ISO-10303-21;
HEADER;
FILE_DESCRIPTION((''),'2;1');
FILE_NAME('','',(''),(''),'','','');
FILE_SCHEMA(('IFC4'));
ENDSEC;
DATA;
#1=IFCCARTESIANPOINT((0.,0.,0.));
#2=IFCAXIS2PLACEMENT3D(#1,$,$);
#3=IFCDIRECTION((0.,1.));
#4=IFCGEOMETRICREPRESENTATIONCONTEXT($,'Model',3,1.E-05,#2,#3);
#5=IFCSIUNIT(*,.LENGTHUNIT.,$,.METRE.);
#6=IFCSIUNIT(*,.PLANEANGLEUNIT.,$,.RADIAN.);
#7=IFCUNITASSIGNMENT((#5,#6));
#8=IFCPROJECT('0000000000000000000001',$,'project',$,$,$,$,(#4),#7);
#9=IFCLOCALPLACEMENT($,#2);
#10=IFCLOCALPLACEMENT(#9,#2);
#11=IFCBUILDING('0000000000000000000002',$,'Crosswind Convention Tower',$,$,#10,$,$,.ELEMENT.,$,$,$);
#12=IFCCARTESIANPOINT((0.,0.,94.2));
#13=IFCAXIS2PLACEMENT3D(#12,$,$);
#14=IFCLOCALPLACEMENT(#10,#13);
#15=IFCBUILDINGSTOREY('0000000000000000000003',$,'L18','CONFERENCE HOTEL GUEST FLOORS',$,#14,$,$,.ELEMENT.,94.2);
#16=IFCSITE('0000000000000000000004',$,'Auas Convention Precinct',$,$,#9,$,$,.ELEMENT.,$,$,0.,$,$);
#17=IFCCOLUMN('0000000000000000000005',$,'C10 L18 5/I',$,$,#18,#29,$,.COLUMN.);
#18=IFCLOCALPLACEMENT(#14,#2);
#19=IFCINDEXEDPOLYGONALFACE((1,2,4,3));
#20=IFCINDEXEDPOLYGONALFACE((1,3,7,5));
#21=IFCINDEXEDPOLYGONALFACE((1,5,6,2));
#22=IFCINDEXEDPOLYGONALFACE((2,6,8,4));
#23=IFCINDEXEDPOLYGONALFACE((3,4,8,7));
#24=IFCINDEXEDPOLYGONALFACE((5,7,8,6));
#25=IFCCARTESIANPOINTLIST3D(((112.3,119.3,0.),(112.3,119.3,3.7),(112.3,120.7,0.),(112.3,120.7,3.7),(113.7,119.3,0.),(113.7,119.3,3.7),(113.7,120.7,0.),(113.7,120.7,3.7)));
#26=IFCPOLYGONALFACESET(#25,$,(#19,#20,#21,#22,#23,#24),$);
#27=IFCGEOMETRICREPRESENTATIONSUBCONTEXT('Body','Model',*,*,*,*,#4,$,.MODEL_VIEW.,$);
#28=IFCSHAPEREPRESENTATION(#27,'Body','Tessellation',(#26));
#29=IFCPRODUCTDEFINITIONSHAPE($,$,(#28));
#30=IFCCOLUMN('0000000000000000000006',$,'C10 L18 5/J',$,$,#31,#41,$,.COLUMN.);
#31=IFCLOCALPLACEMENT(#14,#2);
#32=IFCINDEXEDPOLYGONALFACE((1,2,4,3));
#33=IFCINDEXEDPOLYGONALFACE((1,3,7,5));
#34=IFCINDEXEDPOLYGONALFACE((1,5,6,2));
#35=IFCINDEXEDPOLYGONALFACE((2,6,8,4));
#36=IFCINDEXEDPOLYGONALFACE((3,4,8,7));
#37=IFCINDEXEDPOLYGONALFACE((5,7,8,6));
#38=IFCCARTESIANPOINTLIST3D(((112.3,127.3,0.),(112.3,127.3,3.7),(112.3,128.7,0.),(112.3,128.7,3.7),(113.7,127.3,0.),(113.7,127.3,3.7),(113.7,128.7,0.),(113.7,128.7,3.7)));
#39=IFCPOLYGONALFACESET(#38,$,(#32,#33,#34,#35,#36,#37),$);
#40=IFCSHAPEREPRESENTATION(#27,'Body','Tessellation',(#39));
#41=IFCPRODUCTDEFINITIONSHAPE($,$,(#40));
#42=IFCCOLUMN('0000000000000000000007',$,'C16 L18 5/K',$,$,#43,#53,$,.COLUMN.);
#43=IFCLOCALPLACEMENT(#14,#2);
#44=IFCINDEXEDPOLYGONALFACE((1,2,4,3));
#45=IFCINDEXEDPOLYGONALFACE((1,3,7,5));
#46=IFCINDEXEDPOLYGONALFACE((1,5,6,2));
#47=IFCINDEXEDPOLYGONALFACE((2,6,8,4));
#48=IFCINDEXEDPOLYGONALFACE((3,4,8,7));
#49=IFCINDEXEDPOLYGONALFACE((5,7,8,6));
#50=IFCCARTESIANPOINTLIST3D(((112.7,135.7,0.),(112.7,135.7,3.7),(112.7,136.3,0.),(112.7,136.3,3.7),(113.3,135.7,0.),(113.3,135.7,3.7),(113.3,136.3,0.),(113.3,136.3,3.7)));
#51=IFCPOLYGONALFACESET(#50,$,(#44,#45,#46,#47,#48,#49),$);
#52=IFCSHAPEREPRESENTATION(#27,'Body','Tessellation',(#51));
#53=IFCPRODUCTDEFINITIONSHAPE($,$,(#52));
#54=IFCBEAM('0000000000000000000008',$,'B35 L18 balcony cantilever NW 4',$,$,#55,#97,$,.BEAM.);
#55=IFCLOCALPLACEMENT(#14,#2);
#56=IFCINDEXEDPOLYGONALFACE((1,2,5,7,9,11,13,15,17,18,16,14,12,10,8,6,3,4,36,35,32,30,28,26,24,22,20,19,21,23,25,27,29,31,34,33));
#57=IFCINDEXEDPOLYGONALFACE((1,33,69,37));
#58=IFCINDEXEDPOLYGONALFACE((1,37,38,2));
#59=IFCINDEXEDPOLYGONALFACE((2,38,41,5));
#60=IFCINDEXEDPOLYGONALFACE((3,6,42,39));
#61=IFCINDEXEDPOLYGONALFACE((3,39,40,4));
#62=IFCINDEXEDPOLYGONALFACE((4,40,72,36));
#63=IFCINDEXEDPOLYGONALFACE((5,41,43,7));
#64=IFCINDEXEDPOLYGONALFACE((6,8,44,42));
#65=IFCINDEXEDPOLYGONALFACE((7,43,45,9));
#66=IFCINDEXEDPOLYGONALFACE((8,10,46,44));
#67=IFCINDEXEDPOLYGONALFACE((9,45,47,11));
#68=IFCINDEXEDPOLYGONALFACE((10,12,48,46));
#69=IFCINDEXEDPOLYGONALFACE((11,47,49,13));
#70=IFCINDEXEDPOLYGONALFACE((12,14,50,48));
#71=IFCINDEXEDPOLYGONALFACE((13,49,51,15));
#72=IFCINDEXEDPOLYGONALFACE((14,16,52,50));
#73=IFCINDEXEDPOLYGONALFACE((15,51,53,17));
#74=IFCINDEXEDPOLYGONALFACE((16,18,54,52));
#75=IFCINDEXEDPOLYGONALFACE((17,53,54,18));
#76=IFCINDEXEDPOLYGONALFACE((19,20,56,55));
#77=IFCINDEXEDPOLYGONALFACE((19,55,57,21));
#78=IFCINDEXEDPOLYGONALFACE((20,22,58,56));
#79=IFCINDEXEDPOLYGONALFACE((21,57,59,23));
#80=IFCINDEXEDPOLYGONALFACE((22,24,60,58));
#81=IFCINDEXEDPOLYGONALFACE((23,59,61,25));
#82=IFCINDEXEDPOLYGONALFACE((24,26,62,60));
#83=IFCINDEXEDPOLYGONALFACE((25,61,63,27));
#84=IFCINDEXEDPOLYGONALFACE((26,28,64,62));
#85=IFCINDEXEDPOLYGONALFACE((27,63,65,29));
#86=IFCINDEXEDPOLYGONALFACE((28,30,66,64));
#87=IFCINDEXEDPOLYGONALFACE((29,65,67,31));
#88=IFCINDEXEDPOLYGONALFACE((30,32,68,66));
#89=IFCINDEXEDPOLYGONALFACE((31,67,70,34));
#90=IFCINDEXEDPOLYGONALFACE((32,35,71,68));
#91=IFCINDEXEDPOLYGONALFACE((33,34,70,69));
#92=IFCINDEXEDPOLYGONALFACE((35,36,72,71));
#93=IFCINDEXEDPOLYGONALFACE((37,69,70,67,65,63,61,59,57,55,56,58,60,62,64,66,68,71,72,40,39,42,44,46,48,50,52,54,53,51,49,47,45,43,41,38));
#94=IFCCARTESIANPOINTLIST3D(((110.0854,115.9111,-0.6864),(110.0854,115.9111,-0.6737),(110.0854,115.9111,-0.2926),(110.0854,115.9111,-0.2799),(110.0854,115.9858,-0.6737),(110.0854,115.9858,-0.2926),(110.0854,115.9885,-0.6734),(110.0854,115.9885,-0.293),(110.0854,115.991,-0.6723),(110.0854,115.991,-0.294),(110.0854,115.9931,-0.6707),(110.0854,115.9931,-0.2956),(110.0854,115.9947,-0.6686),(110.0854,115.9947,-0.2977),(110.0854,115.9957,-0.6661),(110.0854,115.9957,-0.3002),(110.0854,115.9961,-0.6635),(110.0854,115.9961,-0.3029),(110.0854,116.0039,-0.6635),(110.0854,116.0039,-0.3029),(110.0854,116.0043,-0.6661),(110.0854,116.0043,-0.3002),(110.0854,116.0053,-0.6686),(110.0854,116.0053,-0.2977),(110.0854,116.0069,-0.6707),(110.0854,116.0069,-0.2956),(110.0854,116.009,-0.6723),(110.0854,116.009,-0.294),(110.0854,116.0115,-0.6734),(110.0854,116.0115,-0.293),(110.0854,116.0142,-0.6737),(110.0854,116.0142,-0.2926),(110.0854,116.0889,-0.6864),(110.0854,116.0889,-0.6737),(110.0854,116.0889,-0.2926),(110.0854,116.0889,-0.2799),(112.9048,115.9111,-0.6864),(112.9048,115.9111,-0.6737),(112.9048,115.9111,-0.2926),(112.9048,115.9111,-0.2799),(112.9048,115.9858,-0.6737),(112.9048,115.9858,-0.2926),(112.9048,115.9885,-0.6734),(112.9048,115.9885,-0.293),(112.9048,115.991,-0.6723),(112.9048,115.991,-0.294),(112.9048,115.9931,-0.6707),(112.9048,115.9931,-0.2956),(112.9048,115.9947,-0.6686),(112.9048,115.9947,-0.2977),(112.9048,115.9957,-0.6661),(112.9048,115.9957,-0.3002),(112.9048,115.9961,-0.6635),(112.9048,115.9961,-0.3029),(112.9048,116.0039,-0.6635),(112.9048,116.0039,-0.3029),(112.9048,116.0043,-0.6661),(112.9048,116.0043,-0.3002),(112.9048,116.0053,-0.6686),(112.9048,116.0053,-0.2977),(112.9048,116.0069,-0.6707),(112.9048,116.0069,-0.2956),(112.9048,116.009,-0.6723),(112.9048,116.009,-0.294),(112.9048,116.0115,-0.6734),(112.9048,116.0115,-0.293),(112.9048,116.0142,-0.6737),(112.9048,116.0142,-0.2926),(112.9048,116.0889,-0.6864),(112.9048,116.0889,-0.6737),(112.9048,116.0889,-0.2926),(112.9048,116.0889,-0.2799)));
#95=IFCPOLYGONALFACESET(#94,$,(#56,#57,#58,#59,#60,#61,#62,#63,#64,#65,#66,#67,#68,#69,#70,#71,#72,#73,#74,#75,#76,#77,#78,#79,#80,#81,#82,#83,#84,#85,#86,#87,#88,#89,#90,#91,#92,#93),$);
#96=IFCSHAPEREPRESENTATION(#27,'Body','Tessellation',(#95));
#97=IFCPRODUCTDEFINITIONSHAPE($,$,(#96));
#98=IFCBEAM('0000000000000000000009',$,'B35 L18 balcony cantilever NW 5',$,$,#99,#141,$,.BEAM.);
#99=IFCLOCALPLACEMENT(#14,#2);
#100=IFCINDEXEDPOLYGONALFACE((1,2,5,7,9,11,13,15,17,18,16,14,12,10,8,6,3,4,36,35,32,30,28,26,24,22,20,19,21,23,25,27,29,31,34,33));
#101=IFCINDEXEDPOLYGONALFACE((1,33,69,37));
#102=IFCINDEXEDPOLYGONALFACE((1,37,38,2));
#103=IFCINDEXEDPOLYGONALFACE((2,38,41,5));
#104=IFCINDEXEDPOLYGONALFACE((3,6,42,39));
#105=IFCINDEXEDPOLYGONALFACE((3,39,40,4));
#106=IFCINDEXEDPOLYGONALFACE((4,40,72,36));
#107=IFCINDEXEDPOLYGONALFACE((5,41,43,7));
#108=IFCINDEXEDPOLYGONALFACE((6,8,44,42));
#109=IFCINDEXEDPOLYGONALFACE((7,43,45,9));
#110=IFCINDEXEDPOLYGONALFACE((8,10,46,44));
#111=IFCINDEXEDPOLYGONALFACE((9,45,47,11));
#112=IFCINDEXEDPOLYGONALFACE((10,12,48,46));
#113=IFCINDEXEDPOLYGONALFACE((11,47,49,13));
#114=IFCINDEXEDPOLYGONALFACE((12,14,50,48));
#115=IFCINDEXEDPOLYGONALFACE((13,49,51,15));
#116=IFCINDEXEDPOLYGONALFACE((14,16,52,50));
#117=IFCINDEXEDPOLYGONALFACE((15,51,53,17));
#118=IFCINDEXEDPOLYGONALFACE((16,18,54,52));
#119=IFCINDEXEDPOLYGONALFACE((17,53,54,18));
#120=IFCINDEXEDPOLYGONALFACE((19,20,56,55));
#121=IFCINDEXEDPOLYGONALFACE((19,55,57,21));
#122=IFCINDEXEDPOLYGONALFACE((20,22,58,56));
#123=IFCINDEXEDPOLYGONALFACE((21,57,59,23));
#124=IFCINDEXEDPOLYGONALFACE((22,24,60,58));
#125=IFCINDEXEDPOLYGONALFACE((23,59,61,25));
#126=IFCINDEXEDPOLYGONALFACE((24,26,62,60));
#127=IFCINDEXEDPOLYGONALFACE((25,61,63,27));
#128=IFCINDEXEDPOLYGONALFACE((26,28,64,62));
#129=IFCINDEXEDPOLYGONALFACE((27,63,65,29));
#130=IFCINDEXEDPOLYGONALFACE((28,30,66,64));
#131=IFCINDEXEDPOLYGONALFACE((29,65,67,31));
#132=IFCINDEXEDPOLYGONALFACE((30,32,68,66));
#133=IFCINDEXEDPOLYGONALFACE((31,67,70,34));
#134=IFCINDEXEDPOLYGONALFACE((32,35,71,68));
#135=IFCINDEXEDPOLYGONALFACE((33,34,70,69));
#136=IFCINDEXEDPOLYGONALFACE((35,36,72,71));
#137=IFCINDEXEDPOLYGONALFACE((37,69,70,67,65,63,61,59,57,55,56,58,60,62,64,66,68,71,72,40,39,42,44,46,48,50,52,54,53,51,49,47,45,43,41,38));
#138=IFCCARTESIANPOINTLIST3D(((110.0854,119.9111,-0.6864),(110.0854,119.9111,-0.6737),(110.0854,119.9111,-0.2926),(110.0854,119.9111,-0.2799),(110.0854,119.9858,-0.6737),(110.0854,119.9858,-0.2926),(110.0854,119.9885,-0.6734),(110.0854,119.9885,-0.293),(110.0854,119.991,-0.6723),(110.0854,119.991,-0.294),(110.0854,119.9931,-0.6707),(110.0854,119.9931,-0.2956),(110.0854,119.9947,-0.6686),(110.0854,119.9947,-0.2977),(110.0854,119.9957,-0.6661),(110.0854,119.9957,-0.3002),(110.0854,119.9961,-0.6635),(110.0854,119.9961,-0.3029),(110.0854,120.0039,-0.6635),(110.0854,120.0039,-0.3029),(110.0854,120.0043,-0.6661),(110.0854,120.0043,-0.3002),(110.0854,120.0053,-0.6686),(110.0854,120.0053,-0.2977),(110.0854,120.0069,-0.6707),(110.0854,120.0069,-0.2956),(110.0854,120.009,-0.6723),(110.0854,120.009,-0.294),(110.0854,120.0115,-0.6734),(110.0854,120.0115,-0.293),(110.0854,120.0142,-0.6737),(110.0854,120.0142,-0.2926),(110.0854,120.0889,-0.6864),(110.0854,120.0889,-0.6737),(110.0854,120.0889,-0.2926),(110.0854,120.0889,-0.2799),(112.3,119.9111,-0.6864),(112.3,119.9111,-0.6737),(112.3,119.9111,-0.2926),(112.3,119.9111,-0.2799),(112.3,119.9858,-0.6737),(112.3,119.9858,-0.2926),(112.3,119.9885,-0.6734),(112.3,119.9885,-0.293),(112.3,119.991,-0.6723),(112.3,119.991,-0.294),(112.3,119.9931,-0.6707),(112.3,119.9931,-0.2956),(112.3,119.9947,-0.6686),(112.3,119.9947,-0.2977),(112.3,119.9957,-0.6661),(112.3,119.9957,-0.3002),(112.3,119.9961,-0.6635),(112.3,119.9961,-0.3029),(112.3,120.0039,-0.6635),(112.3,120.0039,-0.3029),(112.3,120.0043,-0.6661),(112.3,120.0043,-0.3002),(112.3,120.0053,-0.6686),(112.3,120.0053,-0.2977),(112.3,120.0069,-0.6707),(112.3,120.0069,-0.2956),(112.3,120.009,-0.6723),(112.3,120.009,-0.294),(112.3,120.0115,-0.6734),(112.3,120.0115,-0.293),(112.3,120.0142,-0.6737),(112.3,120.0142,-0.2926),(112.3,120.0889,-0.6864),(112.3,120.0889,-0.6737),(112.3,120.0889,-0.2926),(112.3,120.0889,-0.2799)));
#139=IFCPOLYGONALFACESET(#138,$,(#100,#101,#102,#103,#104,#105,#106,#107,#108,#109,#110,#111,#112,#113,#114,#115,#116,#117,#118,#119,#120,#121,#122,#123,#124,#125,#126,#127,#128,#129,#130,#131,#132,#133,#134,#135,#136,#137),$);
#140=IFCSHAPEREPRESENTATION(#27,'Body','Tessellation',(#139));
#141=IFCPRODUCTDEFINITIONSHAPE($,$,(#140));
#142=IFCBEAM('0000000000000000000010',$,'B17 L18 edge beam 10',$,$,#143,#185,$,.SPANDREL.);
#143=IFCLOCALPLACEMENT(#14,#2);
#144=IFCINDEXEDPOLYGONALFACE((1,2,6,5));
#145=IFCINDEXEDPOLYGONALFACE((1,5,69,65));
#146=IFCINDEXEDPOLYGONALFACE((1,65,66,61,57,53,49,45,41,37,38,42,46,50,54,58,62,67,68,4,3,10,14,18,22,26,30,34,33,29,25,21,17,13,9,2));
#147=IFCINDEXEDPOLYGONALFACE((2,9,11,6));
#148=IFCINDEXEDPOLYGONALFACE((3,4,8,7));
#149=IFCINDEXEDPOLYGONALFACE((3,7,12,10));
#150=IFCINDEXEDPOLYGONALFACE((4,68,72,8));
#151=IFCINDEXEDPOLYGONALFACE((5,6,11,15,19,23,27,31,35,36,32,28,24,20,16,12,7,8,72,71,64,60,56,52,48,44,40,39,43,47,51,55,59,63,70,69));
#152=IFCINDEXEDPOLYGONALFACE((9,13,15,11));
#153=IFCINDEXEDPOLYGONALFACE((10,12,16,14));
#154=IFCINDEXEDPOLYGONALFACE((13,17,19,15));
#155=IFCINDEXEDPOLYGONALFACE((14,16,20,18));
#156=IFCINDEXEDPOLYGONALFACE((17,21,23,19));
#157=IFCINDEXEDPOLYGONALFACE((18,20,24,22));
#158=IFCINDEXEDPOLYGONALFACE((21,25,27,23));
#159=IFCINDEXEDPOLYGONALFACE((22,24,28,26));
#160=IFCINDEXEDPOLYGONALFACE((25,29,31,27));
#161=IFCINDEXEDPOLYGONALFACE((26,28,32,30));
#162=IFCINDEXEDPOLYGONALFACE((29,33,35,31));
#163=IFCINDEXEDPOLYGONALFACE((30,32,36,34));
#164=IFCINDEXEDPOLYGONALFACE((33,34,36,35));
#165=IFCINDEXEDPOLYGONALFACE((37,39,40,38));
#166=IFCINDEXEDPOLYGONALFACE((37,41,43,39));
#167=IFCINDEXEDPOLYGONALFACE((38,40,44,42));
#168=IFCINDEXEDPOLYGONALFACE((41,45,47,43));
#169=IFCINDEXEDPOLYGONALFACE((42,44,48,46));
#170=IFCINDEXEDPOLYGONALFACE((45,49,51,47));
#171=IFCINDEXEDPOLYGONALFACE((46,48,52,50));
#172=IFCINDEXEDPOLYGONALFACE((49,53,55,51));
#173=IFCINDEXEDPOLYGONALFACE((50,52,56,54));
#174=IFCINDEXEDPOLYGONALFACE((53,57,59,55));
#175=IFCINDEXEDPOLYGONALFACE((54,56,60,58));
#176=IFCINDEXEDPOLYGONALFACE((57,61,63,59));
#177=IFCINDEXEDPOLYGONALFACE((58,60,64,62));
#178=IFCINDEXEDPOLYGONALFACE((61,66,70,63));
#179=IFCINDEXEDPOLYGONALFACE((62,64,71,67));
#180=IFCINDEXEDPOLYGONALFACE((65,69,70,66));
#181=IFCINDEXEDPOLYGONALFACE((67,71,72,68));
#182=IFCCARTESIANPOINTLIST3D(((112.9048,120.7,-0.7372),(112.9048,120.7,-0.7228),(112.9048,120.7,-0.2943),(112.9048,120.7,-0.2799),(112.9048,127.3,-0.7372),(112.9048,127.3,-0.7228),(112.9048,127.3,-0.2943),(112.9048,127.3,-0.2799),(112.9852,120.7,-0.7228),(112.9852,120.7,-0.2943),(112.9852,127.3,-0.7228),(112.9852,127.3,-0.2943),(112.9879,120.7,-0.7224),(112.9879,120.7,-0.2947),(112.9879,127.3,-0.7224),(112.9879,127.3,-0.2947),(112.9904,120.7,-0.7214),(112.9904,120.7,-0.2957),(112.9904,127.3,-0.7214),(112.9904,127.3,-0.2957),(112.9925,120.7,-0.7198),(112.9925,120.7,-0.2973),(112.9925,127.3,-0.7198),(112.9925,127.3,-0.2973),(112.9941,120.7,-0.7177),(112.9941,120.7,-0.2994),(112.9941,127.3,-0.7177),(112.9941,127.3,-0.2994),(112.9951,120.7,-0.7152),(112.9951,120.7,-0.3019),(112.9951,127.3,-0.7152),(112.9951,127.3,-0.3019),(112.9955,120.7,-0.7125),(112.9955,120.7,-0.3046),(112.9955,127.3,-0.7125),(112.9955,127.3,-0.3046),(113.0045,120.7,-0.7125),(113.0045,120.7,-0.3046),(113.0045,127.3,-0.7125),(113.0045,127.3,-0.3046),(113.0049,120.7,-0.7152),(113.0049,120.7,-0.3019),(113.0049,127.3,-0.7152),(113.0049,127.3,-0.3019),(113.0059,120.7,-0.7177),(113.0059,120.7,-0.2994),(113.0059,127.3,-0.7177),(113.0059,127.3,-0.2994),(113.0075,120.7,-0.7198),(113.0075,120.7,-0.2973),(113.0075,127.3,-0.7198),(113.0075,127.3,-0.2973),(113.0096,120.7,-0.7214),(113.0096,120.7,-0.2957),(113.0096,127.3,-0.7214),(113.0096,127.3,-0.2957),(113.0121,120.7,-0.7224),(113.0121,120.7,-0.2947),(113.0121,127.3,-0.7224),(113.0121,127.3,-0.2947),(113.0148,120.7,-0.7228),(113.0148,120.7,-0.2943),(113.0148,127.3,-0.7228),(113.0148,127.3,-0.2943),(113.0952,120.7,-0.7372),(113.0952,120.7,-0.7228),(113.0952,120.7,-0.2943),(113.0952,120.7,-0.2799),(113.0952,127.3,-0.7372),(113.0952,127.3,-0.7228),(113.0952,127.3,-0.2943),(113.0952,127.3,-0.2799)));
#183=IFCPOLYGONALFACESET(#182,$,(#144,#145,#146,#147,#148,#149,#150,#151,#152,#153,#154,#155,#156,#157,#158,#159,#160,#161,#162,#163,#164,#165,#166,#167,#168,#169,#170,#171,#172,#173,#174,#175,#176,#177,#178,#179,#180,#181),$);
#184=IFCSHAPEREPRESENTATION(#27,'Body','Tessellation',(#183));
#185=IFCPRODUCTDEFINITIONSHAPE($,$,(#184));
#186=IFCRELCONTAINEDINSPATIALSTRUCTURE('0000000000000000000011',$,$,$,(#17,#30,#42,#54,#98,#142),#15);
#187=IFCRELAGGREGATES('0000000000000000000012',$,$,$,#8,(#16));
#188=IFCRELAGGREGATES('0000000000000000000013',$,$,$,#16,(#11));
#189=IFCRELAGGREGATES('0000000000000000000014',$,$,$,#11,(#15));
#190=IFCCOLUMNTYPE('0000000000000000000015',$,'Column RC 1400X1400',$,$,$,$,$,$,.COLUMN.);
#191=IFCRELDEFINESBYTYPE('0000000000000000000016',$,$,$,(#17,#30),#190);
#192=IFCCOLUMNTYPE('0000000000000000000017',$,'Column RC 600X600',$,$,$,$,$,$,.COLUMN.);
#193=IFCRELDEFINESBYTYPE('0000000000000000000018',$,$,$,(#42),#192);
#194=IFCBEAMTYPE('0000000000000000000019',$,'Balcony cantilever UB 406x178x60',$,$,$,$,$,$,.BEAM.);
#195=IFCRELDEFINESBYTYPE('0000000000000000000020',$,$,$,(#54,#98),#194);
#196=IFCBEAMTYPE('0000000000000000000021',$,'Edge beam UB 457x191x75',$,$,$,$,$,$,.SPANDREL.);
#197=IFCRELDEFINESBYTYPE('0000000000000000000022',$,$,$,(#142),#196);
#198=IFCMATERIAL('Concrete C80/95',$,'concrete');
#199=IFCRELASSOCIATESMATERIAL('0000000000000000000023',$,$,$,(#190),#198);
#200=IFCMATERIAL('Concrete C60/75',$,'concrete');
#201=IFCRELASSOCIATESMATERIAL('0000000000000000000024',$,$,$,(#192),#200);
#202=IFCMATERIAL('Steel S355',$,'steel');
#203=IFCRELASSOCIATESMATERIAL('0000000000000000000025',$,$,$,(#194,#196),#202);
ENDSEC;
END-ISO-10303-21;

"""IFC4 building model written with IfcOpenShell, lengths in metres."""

from ifc_helpers import new_model, si_unit, direction, frame, origin, origin_2d, place, context, subcontext, project, spatial, rectangle, i_section, extrude, material, material_profile, profile_set, type_object, element, save


model = new_model("IFC4")

# Units and contexts
model_context = context("Model", 3, precision=1e-05, world=origin(), true_north=direction((0.0, 1.0)))
body_context = subcontext(model_context, "Body", "Model", "MODEL_VIEW")
ifc_project = project(units=[si_unit("LENGTHUNIT", "METRE"), si_unit("PLANEANGLEUNIT", "RADIAN")], contexts=[model_context])

# Site, building, storey
site_placement = place(None, origin())
site = spatial("IfcSite", under=ifc_project, at=site_placement, Name="Auas Convention Precinct", CompositionType="ELEMENT", RefElevation=0.0)
building_placement = place(site_placement, origin())
building = spatial("IfcBuilding", under=site, at=building_placement, Name="Crosswind Convention Tower", CompositionType="ELEMENT")
storey_placement = place(building_placement, frame((0.0, 0.0, 94.2)))
storey = spatial("IfcBuildingStorey", under=building, at=storey_placement, Name="L18", Description="CONFERENCE HOTEL GUEST FLOORS", CompositionType="ELEMENT", Elevation=94.2)

# Columns
ifc_material_1 = material(Name="Concrete C80/95", Category="concrete")
ifc_material_profile_1 = material_profile(ifc_material_1, rectangle(XDim=1.3999, YDim=1.3999, at=origin_2d()), Name="RC 1400X1400")
ifc_profile_set_1 = profile_set([ifc_material_profile_1], Name="Concrete C80/95")
column_type_1 = type_object("IfcColumnType", Name="Column RC 1400X1400", PredefinedType="COLUMN", material=ifc_profile_set_1)
for number, where, z_axis, x_axis, name in (
    (1, (113.0, 120.0, 0.0), (0.0, 0.0, 1.0), (1.0, 0.0, 0.0), "C10 L18 5/I"),
    (2, (113.0, 128.0, 0.0), (0.0, 0.0, 1.0), (1.0, 0.0, 0.0), "C10 L18 5/J"),
):
    element("IfcColumn", number, at=place(storey_placement, frame(where, z_axis=z_axis, x_axis=x_axis)), inside=storey, type_object=column_type_1, Name=name, PredefinedType="COLUMN", context=body_context, shape_type="SweptSolid", body=[
        extrude(rectangle(XDim=1.3999, YDim=1.3999, at=origin_2d()), origin(), (0.0, 0.0, 1.0), 3.7),
    ])
ifc_material_2 = material(Name="Concrete C60/75", Category="concrete")
ifc_material_profile_2 = material_profile(ifc_material_2, rectangle(XDim=0.6001, YDim=0.6001, at=origin_2d()), Name="RC 600X600")
ifc_profile_set_2 = profile_set([ifc_material_profile_2], Name="Concrete C60/75")
column_type_2 = type_object("IfcColumnType", Name="Column RC 600X600", PredefinedType="COLUMN", material=ifc_profile_set_2)
column_placement = place(storey_placement, frame((113.0, 136.0, 0.0), z_axis=(0.0, 0.0, 1.0), x_axis=(1.0, 0.0, 0.0)))
element("IfcColumn", 3, at=column_placement, inside=storey, type_object=column_type_2, Name="C16 L18 5/K", PredefinedType="COLUMN", context=body_context, shape_type="SweptSolid", body=[
    extrude(rectangle(XDim=0.6001, YDim=0.6001, at=origin_2d()), origin(), (0.0, 0.0, 1.0), 3.7),
])

# Beams
ifc_material_3 = material(Name="Steel S355", Category="steel")
ifc_material_profile_3 = material_profile(ifc_material_3, i_section(OverallWidth=0.1777, OverallDepth=0.4065, WebThickness=0.0078, FlangeThickness=0.0127, FilletRadius=0.0103, at=origin_2d()), Name="UB 406x178x60")
ifc_profile_set_3 = profile_set([ifc_material_profile_3], Name="Steel S355")
beam_type_1 = type_object("IfcBeamType", Name="Balcony cantilever UB 406x178x60", PredefinedType="BEAM", material=ifc_profile_set_3)
beam_1_placement = place(storey_placement, frame((112.9048, 116.0, -0.4832), z_axis=(-1.0, 0.0, 0.0), x_axis=(0.0, -1.0, 0.0)))
element("IfcBeam", 4, at=beam_1_placement, inside=storey, type_object=beam_type_1, Name="B35 L18 balcony cantilever NW 4", PredefinedType="BEAM", context=body_context, shape_type="SweptSolid", body=[
    extrude(i_section(OverallWidth=0.1777, OverallDepth=0.4065, WebThickness=0.0078, FlangeThickness=0.0127, FilletRadius=0.0103, at=origin_2d()), origin(), (0.0, 0.0, 1.0), 2.8193),
])
beam_2_placement = place(storey_placement, frame((112.3, 120.0, -0.4832), z_axis=(-1.0, 0.0, 0.0), x_axis=(0.0, -1.0, 0.0)))
element("IfcBeam", 5, at=beam_2_placement, inside=storey, type_object=beam_type_1, Name="B35 L18 balcony cantilever NW 5", PredefinedType="BEAM", context=body_context, shape_type="SweptSolid", body=[
    extrude(i_section(OverallWidth=0.1777, OverallDepth=0.4065, WebThickness=0.0078, FlangeThickness=0.0127, FilletRadius=0.0103, at=origin_2d()), origin(), (0.0, 0.0, 1.0), 2.2146),
])
ifc_material_profile_4 = material_profile(ifc_material_3, i_section(OverallWidth=0.1904, OverallDepth=0.4573, WebThickness=0.009, FlangeThickness=0.0144, FilletRadius=0.0103, at=origin_2d()), Name="UB 457x191x75")
ifc_profile_set_4 = profile_set([ifc_material_profile_4], Name="Steel S355")
beam_type_2 = type_object("IfcBeamType", Name="Edge beam UB 457x191x75", PredefinedType="SPANDREL", material=ifc_profile_set_4)
beam_3_placement = place(storey_placement, frame((113.0, 120.7, -0.5085), z_axis=(0.0, 1.0, 0.0), x_axis=(-1.0, 0.0, 0.0)))
element("IfcBeam", 6, at=beam_3_placement, inside=storey, type_object=beam_type_2, Name="B17 L18 edge beam 10", PredefinedType="SPANDREL", context=body_context, shape_type="SweptSolid", body=[
    extrude(i_section(OverallWidth=0.1904, OverallDepth=0.4573, WebThickness=0.009, FlangeThickness=0.0144, FilletRadius=0.0103, at=origin_2d()), origin(), (0.0, 0.0, 1.0), 6.6001),
])

save(model, "model.ifc")
